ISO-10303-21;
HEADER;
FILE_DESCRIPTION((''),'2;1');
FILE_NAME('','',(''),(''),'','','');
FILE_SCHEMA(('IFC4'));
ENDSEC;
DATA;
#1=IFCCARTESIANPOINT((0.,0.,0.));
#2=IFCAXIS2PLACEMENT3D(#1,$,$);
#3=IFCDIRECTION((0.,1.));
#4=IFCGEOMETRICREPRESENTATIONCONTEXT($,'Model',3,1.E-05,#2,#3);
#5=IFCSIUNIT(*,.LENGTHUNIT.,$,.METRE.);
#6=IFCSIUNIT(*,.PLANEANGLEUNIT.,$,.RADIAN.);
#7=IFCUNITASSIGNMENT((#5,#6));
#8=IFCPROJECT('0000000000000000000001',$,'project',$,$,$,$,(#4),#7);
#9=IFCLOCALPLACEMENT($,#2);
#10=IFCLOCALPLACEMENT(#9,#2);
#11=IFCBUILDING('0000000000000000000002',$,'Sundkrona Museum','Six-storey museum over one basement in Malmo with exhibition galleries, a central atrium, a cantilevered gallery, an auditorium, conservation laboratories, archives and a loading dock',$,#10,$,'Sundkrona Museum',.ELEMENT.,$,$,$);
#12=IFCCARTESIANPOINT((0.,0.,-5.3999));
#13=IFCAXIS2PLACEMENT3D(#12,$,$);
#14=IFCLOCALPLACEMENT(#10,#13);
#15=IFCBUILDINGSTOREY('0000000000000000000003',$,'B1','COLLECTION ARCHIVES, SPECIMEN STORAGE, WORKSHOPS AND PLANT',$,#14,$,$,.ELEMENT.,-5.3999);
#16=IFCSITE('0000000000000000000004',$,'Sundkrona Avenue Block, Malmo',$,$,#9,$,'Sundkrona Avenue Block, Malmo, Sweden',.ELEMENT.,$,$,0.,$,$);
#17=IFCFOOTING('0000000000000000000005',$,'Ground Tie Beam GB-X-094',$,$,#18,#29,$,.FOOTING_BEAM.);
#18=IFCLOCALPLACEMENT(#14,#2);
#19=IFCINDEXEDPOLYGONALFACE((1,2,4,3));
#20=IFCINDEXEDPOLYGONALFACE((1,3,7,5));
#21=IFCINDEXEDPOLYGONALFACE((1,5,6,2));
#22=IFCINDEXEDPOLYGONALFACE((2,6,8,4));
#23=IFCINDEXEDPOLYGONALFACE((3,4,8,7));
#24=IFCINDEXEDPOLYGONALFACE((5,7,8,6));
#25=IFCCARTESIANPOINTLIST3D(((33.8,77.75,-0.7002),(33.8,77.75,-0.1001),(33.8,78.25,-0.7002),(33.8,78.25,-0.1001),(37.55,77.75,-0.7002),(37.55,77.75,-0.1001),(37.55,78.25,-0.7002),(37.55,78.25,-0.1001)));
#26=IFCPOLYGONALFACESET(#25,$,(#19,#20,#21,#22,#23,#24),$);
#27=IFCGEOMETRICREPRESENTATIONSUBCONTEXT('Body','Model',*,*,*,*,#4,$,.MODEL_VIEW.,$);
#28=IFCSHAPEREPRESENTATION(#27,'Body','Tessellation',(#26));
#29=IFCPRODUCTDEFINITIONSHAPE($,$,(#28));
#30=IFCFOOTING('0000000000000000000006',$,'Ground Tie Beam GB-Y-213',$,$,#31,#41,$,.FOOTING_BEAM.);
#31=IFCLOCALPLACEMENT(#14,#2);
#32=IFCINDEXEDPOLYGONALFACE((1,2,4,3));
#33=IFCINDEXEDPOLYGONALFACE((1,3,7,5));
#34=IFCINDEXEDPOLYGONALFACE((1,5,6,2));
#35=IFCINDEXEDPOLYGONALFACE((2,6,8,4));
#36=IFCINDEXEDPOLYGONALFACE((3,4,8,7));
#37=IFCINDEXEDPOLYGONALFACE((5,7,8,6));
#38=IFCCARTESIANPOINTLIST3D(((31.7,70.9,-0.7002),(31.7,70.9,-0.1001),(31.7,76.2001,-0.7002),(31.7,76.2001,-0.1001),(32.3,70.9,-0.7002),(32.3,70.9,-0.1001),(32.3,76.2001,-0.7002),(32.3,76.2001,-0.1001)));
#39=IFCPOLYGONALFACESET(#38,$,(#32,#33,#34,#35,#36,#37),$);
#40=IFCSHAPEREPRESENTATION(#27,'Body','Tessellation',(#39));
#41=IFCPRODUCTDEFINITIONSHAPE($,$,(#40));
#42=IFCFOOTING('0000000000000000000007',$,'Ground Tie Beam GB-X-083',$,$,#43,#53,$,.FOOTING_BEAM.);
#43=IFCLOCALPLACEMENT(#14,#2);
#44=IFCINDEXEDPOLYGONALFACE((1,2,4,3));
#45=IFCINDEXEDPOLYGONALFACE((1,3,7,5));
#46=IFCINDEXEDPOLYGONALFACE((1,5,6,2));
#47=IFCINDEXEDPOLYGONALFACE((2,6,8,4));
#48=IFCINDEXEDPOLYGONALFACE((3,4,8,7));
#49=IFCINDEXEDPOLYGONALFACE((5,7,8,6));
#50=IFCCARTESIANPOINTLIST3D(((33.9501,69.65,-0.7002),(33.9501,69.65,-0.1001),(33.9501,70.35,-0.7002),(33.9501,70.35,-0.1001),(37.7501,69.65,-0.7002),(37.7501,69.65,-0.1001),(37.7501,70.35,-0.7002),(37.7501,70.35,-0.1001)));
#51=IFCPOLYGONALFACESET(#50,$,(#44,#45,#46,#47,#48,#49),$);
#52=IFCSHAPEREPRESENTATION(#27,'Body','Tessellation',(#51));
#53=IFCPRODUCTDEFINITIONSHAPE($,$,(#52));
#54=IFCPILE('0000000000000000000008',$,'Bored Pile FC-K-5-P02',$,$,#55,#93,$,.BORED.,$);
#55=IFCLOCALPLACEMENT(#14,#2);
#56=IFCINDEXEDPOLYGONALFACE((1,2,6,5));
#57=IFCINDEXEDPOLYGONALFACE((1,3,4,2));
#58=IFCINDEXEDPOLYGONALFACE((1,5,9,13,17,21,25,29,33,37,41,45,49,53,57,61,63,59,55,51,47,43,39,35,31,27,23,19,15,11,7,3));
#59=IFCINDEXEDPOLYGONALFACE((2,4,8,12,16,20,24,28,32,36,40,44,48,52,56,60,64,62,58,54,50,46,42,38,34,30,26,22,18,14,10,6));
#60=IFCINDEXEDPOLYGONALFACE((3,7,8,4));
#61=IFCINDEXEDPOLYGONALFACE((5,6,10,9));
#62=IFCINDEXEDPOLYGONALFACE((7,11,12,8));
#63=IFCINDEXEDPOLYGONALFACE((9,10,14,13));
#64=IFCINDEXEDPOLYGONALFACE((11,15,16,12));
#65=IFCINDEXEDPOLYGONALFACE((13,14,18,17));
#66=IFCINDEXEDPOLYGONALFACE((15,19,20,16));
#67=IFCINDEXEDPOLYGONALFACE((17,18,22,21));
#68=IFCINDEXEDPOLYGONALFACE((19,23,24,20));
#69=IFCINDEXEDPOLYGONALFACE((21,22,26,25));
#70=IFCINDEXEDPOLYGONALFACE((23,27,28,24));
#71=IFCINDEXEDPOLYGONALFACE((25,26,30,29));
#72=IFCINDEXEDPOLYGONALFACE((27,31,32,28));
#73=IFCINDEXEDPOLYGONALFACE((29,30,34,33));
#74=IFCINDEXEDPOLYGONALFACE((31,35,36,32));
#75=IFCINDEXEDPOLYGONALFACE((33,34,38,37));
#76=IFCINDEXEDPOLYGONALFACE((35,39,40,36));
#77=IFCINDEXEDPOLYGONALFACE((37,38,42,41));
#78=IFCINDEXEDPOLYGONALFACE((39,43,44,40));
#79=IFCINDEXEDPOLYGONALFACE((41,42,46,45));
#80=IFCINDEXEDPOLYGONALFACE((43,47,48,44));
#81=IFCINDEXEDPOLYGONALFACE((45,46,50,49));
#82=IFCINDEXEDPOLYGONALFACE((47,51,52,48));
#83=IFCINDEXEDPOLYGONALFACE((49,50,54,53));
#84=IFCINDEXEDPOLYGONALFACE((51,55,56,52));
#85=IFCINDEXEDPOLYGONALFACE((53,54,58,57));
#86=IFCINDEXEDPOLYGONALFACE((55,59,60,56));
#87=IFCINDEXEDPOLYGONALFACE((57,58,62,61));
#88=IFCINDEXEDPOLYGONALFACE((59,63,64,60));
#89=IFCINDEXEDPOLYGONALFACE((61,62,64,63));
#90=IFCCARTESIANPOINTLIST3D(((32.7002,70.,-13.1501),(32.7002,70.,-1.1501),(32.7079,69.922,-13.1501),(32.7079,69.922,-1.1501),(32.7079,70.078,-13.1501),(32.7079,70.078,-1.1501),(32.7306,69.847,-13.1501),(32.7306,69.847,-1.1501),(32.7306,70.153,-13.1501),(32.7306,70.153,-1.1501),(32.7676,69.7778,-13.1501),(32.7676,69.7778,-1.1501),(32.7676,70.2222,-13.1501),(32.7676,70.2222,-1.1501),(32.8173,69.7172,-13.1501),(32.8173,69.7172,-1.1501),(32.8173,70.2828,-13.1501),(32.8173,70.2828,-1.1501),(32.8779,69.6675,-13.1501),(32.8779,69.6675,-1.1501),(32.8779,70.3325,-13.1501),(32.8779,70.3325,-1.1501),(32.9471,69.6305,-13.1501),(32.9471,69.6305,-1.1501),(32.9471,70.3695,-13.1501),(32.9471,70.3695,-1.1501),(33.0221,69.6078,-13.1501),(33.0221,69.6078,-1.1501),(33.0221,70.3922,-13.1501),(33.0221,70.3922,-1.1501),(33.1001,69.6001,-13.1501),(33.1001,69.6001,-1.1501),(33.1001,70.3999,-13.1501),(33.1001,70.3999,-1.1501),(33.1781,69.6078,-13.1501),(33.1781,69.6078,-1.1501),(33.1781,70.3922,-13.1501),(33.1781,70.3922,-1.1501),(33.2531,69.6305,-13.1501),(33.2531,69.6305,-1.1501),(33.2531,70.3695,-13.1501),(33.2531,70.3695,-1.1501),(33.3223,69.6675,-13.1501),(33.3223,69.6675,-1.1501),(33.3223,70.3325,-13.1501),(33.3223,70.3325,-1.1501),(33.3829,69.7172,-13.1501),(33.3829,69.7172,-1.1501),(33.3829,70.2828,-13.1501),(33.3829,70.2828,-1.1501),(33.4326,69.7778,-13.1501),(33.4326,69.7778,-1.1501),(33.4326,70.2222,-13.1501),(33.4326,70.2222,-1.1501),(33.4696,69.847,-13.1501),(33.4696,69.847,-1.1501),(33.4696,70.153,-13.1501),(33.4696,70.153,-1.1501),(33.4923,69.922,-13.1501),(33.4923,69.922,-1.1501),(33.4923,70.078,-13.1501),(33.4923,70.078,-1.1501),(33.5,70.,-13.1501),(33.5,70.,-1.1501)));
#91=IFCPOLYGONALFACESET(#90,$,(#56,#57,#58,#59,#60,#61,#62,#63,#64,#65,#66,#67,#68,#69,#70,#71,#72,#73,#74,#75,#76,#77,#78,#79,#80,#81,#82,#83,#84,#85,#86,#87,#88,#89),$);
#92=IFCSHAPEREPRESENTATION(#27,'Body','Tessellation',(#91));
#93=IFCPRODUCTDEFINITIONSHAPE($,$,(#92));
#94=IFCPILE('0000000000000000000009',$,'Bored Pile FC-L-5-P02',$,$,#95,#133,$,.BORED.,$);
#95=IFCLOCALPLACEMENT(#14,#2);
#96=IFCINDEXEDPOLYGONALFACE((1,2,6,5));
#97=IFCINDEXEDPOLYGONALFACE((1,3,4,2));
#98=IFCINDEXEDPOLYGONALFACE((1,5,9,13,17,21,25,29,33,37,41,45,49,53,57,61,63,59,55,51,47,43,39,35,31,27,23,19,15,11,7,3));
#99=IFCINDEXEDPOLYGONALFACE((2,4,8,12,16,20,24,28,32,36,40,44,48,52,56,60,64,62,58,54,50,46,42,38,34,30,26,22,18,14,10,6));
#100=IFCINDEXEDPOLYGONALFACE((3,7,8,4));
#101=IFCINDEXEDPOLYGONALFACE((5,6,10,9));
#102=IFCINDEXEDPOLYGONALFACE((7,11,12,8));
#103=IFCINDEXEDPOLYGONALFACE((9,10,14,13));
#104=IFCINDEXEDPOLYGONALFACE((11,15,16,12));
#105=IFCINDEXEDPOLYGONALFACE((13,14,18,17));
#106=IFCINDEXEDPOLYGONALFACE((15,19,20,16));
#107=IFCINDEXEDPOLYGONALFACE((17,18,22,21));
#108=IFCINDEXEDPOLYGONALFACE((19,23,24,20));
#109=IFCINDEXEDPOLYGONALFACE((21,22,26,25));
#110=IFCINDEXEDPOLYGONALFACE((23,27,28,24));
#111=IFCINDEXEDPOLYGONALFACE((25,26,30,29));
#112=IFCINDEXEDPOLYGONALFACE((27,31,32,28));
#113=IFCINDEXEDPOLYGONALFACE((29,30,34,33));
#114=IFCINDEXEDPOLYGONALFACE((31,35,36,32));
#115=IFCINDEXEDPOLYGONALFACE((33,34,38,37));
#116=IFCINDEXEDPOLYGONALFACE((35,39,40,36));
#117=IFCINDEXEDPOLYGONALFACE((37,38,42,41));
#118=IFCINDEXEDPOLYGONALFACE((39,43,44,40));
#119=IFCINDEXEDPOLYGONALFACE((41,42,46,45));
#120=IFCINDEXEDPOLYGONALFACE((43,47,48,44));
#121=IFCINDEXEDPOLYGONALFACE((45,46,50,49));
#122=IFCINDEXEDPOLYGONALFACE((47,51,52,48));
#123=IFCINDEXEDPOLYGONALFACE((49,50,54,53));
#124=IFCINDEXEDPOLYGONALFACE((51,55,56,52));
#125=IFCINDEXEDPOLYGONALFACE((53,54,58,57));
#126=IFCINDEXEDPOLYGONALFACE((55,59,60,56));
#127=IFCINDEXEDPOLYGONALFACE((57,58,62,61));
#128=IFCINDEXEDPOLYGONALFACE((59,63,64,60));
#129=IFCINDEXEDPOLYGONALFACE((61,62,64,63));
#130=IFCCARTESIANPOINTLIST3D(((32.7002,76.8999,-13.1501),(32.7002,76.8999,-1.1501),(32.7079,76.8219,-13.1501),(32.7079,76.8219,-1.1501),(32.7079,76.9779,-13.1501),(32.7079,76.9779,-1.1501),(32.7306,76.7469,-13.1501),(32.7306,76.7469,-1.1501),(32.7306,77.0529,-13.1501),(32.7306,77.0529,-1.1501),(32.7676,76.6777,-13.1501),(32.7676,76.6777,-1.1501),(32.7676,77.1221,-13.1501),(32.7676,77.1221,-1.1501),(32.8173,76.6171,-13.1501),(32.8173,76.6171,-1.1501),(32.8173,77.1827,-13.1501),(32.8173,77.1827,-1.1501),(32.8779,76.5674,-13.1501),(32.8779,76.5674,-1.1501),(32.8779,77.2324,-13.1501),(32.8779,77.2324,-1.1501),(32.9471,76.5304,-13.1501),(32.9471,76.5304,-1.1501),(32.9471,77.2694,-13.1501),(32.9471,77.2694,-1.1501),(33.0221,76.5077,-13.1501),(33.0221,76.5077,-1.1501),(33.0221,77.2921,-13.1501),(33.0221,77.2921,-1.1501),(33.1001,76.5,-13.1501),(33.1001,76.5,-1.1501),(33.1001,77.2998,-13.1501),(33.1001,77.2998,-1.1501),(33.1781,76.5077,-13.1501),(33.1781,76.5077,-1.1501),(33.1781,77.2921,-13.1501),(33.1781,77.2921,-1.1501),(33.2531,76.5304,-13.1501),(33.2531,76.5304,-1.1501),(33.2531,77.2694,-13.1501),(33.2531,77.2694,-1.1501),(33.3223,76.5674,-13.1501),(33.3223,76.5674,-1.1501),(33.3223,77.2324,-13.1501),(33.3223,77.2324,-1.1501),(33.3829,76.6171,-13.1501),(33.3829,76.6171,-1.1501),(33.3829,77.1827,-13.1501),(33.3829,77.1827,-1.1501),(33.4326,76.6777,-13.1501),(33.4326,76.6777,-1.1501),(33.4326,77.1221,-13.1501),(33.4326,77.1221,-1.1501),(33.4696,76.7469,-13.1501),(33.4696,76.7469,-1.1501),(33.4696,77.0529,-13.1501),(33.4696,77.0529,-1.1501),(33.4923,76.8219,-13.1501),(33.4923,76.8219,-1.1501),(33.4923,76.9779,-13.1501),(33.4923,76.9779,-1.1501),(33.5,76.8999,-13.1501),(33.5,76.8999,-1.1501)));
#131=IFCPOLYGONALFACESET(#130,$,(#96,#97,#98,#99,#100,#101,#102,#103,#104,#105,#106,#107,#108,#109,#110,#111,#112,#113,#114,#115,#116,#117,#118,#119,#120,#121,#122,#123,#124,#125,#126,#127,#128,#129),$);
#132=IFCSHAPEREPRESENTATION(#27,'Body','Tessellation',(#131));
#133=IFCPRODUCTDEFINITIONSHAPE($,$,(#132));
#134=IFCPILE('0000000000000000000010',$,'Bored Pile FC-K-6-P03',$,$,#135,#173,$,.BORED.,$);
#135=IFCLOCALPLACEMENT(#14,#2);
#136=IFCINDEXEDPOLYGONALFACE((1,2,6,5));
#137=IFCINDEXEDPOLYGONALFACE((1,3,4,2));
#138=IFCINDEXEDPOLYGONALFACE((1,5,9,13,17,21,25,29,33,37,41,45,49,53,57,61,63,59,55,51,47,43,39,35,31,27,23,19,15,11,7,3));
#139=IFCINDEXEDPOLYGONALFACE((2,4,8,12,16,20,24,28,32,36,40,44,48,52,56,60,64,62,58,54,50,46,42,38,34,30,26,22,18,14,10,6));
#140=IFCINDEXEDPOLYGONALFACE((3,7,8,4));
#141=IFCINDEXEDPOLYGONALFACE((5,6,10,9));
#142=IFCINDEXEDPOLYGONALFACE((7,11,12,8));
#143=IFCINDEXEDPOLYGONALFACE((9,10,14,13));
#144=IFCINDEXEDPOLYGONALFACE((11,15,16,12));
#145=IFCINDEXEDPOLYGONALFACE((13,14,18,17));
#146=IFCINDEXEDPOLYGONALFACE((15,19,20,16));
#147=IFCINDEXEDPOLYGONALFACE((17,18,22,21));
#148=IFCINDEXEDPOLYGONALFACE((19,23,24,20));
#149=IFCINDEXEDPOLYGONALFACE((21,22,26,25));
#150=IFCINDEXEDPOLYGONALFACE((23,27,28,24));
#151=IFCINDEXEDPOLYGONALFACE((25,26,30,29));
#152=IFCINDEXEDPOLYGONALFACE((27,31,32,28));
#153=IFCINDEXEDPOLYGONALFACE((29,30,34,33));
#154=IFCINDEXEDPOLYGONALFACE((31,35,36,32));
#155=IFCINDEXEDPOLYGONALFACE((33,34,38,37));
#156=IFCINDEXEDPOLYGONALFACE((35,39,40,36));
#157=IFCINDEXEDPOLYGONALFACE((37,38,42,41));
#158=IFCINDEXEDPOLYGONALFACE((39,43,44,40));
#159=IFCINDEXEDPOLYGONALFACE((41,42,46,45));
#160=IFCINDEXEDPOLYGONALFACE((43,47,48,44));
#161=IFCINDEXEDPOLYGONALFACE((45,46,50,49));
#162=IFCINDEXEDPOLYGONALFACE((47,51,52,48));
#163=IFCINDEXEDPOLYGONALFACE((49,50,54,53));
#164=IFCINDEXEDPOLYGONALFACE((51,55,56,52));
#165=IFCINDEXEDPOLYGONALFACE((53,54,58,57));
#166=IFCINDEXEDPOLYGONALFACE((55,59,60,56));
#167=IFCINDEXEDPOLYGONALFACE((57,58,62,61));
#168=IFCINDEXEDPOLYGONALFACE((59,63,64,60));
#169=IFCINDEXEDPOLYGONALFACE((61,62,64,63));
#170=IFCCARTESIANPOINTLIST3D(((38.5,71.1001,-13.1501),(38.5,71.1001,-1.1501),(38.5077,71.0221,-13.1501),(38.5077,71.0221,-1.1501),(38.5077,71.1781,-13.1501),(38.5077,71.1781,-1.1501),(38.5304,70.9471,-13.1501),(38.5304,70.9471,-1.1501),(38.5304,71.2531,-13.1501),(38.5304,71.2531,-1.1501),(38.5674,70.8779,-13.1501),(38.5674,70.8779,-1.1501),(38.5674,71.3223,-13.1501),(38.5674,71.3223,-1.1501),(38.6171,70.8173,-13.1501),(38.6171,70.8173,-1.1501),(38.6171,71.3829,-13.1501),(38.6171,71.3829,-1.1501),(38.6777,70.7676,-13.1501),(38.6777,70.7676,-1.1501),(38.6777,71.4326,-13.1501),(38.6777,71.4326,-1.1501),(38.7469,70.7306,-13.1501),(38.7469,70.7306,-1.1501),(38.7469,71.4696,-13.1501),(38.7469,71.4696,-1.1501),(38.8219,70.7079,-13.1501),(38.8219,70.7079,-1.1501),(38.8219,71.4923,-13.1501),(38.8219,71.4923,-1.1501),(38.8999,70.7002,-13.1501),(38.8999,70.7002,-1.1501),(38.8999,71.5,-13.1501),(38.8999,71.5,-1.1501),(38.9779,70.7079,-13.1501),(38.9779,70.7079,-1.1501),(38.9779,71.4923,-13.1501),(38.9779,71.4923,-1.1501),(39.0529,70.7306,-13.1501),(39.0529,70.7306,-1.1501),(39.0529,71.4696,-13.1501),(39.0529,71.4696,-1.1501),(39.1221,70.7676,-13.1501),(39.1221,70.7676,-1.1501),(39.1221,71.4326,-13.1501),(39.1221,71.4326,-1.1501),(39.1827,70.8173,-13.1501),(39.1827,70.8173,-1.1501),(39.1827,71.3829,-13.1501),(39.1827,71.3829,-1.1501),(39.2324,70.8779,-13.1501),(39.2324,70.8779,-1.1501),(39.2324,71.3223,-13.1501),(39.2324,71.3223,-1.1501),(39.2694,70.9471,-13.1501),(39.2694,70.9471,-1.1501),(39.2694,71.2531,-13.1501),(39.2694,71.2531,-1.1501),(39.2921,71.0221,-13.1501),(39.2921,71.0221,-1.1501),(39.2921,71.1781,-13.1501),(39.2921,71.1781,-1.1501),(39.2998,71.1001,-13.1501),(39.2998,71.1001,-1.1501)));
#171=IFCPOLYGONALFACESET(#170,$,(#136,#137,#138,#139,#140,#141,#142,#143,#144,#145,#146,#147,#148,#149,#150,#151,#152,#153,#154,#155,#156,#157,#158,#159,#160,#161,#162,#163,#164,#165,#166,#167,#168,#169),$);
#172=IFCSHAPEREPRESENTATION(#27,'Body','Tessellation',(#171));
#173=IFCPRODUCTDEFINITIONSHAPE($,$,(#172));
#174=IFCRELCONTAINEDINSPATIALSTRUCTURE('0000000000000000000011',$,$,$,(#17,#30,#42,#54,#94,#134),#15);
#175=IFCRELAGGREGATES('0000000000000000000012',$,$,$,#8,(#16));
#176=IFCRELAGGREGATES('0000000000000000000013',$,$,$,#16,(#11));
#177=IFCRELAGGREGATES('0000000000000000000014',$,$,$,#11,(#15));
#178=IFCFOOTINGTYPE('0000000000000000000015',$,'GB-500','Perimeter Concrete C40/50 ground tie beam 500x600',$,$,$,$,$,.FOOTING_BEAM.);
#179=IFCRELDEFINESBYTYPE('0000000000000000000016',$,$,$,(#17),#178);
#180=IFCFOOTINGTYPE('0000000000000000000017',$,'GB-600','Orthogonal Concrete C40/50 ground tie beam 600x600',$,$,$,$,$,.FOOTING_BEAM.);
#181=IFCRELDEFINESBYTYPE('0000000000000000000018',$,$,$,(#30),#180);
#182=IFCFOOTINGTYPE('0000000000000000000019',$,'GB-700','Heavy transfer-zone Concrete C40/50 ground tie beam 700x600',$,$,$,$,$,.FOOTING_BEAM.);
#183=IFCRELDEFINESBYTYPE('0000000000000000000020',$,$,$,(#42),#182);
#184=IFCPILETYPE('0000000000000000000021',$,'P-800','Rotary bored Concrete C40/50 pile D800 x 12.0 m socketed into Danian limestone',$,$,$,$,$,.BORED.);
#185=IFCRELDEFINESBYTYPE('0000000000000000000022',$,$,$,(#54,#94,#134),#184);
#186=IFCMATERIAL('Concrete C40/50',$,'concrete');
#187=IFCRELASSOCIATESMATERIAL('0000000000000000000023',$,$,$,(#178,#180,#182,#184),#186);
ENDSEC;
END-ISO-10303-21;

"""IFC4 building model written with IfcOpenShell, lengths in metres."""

from ifc_helpers import new_model, si_unit, direction, frame, origin, origin_2d, place, context, subcontext, project, spatial, rectangle, circle, extrude, material, material_profile, profile_set, type_object, element, save


model = new_model("IFC4")

# Units and contexts
model_context = context("Model", 3, precision=1e-05, world=origin(), true_north=direction((0.0, 1.0)))
body_context = subcontext(model_context, "Body", "Model", "MODEL_VIEW")
ifc_project = project(units=[si_unit("LENGTHUNIT", "METRE"), si_unit("PLANEANGLEUNIT", "RADIAN")], contexts=[model_context])

# Site, building, storey
site_placement = place(None, origin())
site = spatial("IfcSite", under=ifc_project, at=site_placement, Name="Sundkrona Avenue Block, Malmo", LongName="Sundkrona Avenue Block, Malmo, Sweden", CompositionType="ELEMENT", RefElevation=0.0)
building_placement = place(site_placement, origin())
building = spatial("IfcBuilding", under=site, at=building_placement, Name="Sundkrona Museum", Description="Six-storey museum over one basement in Malmo with exhibition galleries, a central atrium, a cantilevered gallery, an auditorium, conservation laboratories, archives and a loading dock", LongName="Sundkrona Museum", CompositionType="ELEMENT")
storey_placement = place(building_placement, frame((0.0, 0.0, -5.3999)))
storey = spatial("IfcBuildingStorey", under=building, at=storey_placement, Name="B1", Description="COLLECTION ARCHIVES, SPECIMEN STORAGE, WORKSHOPS AND PLANT", CompositionType="ELEMENT", Elevation=-5.3999)

# Footings
ifc_material_1 = material(Name="Concrete C40/50", Category="concrete")
footing_type_1 = type_object("IfcFootingType", Name="GB-500", Description="Perimeter Concrete C40/50 ground tie beam 500x600", PredefinedType="FOOTING_BEAM", material=ifc_material_1)
footing_1_placement = place(storey_placement, frame((35.675, 78.0, -0.7002), z_axis=(0.0, 0.0, 1.0), x_axis=(1.0, 0.0, 0.0)))
element("IfcFooting", 1, at=footing_1_placement, inside=storey, type_object=footing_type_1, Name="Ground Tie Beam GB-X-094", PredefinedType="FOOTING_BEAM", context=body_context, shape_type="SweptSolid", body=[
    extrude(rectangle(XDim=3.75, YDim=0.5, at=origin_2d()), origin(), (0.0, 0.0, 1.0), 0.6001),
])
footing_type_2 = type_object("IfcFootingType", Name="GB-600", Description="Orthogonal Concrete C40/50 ground tie beam 600x600", PredefinedType="FOOTING_BEAM", material=ifc_material_1)
footing_2_placement = place(storey_placement, frame((32.0, 73.55, -0.7002), z_axis=(0.0, 0.0, 1.0), x_axis=(0.0, 1.0, 0.0)))
element("IfcFooting", 2, at=footing_2_placement, inside=storey, type_object=footing_type_2, Name="Ground Tie Beam GB-Y-213", PredefinedType="FOOTING_BEAM", context=body_context, shape_type="SweptSolid", body=[
    extrude(rectangle(XDim=5.3, YDim=0.6001, at=origin_2d()), origin(), (0.0, 0.0, 1.0), 0.6001),
])
footing_type_3 = type_object("IfcFootingType", Name="GB-700", Description="Heavy transfer-zone Concrete C40/50 ground tie beam 700x600", PredefinedType="FOOTING_BEAM", material=ifc_material_1)
footing_3_placement = place(storey_placement, frame((35.8501, 70.0, -0.7002), z_axis=(0.0, 0.0, 1.0), x_axis=(1.0, 0.0, 0.0)))
element("IfcFooting", 3, at=footing_3_placement, inside=storey, type_object=footing_type_3, Name="Ground Tie Beam GB-X-083", PredefinedType="FOOTING_BEAM", context=body_context, shape_type="SweptSolid", body=[
    extrude(rectangle(XDim=3.8, YDim=0.7, at=origin_2d()), origin(), (0.0, 0.0, 1.0), 0.6001),
])

# Piles
ifc_material_profile_1 = material_profile(ifc_material_1, circle(Radius=0.3999, at=origin_2d()), Name="PILE D800")
ifc_profile_set_1 = profile_set([ifc_material_profile_1], Name="Concrete C40/50")
pile_type = type_object("IfcPileType", Name="P-800", Description="Rotary bored Concrete C40/50 pile D800 x 12.0 m socketed into Danian limestone", PredefinedType="BORED", material=ifc_profile_set_1)
for number, where, z_axis, x_axis, name in (
    (4, (33.1001, 70.0, -1.1501), (0.0, 0.0, -1.0), (1.0, 0.0, 0.0), "Bored Pile FC-K-5-P02"),
    (5, (33.1001, 76.8999, -1.1501), (0.0, 0.0, -1.0), (1.0, 0.0, 0.0), "Bored Pile FC-L-5-P02"),
    (6, (38.8999, 71.1001, -1.1501), (0.0, 0.0, -1.0), (1.0, 0.0, 0.0), "Bored Pile FC-K-6-P03"),
):
    element("IfcPile", number, at=place(storey_placement, frame(where, z_axis=z_axis, x_axis=x_axis)), inside=storey, type_object=pile_type, Name=name, PredefinedType="BORED", context=body_context, shape_type="SweptSolid", body=[
        extrude(circle(Radius=0.3999, at=origin_2d()), origin(), (0.0, 0.0, 1.0), 12.0),
    ])

save(model, "model.ifc")
